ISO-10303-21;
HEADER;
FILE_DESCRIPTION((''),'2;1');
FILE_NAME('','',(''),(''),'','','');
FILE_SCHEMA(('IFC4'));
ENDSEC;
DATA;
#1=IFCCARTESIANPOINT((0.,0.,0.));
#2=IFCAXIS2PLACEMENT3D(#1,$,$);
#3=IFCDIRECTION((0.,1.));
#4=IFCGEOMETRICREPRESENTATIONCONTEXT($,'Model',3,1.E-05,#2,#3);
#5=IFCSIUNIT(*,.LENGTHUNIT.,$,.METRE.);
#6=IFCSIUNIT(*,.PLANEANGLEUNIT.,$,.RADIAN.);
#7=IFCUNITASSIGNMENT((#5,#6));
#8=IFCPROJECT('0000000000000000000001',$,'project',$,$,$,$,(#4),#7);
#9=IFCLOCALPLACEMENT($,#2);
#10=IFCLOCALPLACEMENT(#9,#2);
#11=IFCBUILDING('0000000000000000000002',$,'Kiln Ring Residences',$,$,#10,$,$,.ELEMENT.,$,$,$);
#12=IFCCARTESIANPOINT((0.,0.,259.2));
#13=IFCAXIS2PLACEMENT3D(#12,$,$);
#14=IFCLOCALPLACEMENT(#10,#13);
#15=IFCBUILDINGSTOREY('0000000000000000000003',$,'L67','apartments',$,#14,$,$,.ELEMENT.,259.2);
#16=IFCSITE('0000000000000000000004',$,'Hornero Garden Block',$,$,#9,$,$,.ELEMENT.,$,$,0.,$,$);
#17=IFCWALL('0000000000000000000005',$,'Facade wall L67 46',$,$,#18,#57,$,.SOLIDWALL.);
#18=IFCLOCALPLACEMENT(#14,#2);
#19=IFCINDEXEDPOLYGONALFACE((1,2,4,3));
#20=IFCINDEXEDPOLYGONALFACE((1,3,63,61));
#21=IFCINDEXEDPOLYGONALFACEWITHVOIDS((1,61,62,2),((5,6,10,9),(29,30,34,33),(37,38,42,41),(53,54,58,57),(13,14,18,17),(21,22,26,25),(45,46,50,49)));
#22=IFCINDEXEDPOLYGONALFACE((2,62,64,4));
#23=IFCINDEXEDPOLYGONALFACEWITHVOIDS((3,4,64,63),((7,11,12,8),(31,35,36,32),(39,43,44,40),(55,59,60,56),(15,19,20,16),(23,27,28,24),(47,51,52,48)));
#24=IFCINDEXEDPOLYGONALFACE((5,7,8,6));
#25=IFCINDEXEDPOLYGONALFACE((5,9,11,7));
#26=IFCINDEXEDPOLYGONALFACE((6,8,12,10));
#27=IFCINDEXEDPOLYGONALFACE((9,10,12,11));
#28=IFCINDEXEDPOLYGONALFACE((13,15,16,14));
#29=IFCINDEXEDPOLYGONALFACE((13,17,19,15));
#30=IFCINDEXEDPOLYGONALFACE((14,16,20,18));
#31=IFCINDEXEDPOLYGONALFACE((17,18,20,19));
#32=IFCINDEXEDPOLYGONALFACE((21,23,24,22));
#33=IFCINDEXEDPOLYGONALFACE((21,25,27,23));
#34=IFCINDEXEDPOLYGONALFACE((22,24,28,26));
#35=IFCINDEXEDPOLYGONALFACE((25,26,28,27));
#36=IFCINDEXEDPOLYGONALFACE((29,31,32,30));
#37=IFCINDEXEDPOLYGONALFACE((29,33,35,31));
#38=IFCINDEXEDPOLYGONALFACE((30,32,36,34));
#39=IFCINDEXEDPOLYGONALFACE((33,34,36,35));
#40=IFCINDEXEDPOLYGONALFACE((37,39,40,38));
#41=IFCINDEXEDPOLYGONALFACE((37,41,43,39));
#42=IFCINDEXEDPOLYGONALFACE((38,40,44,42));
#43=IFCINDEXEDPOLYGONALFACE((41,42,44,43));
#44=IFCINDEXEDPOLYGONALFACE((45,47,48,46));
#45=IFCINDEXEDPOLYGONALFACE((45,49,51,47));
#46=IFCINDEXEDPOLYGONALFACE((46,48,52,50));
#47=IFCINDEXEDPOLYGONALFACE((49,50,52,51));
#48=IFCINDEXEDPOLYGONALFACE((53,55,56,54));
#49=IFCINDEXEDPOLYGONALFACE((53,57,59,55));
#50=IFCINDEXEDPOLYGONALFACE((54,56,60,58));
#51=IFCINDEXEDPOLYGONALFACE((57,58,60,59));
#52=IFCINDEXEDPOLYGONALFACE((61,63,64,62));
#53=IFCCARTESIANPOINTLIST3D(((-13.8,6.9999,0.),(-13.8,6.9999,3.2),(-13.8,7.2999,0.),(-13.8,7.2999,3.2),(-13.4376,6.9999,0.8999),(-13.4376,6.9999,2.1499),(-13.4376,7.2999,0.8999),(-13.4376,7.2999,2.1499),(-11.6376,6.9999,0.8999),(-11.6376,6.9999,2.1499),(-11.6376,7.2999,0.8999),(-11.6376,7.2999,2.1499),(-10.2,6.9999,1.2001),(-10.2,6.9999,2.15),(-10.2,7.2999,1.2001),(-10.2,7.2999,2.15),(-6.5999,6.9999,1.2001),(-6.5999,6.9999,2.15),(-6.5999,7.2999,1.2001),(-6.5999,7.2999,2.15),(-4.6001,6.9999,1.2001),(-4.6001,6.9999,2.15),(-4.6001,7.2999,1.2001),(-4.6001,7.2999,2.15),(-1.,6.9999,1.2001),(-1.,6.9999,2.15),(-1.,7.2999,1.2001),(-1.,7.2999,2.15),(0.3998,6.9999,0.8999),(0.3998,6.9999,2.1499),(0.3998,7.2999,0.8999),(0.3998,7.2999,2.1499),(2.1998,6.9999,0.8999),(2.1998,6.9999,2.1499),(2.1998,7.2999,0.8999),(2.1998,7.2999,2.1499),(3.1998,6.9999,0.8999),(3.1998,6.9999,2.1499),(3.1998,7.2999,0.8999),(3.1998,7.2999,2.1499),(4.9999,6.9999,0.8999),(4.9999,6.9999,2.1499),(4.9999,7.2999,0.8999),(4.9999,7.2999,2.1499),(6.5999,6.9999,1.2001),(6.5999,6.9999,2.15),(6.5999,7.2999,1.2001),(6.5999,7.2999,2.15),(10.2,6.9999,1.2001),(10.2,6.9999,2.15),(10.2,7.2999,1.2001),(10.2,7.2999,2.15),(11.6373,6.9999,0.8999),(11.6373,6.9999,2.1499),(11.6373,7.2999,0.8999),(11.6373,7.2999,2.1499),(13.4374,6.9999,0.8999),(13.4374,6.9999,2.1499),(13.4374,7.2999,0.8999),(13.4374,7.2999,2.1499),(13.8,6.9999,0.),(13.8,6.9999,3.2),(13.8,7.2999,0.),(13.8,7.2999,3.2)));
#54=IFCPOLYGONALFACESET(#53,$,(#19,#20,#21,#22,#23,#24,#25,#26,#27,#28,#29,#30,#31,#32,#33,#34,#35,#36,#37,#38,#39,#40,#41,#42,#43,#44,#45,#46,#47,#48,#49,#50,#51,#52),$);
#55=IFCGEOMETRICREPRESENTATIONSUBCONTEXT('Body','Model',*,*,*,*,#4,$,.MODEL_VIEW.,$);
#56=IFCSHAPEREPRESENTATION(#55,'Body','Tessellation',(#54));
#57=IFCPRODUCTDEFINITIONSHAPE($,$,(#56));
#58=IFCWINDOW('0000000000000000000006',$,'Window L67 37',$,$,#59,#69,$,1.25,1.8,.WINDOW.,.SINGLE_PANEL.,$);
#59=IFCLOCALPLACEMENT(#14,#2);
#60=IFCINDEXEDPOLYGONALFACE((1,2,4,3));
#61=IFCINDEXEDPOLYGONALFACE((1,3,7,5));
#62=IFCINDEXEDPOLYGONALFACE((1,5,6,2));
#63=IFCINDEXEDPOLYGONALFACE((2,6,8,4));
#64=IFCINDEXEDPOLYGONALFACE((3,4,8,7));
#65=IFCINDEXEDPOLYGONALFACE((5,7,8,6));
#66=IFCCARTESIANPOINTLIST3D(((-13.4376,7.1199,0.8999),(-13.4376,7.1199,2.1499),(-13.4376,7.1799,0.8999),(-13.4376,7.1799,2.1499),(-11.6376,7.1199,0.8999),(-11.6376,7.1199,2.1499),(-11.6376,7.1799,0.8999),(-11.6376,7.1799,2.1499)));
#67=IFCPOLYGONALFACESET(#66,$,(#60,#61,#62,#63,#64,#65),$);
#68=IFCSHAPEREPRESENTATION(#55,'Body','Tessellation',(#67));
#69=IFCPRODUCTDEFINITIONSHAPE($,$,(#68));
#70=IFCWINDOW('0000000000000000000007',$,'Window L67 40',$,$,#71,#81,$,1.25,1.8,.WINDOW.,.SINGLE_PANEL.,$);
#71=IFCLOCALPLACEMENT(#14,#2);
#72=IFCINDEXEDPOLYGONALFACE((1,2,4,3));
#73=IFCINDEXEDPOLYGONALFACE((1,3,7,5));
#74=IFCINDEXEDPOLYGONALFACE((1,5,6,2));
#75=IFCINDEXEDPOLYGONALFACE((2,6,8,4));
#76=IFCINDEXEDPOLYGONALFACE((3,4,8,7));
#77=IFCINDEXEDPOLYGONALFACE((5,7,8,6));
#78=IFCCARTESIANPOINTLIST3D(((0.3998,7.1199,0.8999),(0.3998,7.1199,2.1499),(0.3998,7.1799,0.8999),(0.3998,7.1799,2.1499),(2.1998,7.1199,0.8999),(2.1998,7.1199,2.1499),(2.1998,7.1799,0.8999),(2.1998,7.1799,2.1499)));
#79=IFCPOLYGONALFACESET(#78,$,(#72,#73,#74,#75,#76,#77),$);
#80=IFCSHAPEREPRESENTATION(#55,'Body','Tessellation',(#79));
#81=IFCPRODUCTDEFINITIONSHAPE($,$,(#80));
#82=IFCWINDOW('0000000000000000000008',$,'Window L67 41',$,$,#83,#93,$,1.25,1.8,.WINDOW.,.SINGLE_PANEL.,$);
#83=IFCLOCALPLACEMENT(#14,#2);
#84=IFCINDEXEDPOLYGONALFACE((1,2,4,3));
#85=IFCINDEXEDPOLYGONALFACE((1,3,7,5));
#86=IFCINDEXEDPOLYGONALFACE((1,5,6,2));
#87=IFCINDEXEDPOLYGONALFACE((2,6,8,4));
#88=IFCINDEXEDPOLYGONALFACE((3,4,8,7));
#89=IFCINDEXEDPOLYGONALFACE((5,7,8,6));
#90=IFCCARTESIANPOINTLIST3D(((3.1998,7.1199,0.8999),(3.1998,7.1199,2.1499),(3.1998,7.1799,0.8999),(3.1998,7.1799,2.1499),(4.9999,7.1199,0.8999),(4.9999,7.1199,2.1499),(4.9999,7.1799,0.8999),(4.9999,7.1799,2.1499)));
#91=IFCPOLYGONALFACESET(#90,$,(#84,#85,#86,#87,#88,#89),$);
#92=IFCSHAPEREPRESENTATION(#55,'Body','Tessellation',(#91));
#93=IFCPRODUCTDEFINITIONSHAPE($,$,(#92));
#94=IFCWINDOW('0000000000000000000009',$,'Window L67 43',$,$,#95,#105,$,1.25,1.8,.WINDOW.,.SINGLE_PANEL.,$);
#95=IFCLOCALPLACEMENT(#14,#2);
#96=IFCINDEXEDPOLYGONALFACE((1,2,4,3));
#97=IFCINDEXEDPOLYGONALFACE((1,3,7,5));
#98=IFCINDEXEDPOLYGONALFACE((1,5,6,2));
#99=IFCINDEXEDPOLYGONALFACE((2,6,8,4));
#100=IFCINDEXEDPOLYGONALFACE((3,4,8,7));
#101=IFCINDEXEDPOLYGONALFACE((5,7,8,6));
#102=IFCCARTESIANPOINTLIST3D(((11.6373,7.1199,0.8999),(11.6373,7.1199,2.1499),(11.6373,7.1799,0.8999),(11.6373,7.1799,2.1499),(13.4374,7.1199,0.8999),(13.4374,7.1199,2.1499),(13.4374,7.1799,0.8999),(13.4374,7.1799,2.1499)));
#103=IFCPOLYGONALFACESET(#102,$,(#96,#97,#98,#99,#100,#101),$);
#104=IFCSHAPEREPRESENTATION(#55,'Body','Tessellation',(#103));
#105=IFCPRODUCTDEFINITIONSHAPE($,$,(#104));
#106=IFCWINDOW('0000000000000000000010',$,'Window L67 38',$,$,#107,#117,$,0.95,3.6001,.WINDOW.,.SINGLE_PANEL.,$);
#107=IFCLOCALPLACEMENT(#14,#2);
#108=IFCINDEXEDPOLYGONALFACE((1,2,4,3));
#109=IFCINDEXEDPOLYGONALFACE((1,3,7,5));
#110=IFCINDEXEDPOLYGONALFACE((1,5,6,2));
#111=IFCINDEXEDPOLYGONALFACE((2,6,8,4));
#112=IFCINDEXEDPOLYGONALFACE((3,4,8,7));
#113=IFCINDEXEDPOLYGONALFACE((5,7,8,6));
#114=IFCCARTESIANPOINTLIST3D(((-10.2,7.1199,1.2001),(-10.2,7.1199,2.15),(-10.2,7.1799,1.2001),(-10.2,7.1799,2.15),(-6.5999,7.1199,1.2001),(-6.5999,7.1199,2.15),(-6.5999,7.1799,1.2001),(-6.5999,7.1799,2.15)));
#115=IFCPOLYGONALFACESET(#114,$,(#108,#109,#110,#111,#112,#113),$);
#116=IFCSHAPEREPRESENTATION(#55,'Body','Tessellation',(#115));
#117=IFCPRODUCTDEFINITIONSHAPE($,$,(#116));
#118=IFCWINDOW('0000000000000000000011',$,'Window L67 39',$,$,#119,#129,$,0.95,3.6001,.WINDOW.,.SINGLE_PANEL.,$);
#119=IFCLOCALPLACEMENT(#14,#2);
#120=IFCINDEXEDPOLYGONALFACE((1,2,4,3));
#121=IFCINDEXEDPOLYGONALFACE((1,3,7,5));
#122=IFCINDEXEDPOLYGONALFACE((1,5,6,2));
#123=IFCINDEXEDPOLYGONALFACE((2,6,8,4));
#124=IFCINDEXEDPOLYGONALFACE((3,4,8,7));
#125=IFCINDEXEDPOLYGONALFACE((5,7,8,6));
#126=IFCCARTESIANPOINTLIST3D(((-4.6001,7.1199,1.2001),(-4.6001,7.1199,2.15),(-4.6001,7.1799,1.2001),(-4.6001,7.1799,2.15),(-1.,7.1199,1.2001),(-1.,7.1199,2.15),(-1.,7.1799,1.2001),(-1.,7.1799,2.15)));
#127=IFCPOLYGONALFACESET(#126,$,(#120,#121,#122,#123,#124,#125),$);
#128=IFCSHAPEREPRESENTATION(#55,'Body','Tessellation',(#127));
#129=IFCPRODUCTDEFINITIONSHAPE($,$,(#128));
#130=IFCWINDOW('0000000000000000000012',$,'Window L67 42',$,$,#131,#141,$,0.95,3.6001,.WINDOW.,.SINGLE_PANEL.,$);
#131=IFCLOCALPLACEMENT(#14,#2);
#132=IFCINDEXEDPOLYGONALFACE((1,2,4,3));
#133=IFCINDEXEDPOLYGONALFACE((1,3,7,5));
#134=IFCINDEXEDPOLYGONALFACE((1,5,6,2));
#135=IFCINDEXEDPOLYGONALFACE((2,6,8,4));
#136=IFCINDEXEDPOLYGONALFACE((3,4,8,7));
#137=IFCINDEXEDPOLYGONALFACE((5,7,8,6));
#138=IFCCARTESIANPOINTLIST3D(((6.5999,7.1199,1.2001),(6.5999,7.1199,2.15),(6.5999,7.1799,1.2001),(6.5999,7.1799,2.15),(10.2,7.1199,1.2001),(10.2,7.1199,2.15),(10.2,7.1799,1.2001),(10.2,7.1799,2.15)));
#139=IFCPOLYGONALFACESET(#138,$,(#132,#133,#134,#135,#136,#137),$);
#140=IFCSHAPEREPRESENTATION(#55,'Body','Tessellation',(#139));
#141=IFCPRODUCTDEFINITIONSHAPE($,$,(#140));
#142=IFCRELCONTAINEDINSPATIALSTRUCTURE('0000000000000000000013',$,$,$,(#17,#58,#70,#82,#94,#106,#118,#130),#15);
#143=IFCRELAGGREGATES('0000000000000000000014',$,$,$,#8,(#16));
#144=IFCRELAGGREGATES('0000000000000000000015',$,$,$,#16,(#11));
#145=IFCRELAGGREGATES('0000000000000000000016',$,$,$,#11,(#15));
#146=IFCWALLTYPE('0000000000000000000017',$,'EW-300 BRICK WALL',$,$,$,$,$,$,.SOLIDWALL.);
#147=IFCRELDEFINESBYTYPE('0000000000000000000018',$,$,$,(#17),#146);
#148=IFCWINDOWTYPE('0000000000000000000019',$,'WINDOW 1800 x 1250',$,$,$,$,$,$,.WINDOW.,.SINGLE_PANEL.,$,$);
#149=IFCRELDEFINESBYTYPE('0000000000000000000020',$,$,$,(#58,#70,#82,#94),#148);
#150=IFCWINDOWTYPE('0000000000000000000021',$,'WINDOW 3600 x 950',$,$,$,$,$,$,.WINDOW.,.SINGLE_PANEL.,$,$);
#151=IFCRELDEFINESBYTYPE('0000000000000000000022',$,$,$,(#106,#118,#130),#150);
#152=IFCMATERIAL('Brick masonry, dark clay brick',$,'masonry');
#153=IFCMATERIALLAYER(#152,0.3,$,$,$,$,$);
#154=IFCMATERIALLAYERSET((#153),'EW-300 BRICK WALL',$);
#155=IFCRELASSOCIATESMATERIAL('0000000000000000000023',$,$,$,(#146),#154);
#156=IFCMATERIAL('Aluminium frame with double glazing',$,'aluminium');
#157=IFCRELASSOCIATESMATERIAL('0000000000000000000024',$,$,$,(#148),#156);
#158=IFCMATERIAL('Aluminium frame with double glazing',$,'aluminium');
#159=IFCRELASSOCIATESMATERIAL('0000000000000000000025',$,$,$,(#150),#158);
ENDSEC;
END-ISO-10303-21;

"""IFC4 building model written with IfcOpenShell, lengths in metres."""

from ifc_helpers import new_model, si_unit, direction, frame, frame_2d, origin, place, context, subcontext, project, spatial, rectangle, extrude, material, layer, layer_set, type_object, element, fill, save


model = new_model("IFC4")

# Units and contexts
model_context = context("Model", 3, precision=1e-05, world=origin(), true_north=direction((0.0, 1.0)))
body_context = subcontext(model_context, "Body", "Model", "MODEL_VIEW")
ifc_project = project(units=[si_unit("LENGTHUNIT", "METRE"), si_unit("PLANEANGLEUNIT", "RADIAN")], contexts=[model_context])

# Site, building, storey
site_placement = place(None, origin())
site = spatial("IfcSite", under=ifc_project, at=site_placement, Name="Hornero Garden Block", CompositionType="ELEMENT", RefElevation=0.0)
building_placement = place(site_placement, origin())
building = spatial("IfcBuilding", under=site, at=building_placement, Name="Kiln Ring Residences", CompositionType="ELEMENT")
storey_placement = place(building_placement, frame((0.0, 0.0, 259.2)))
storey = spatial("IfcBuildingStorey", under=building, at=storey_placement, Name="L67", Description="apartments", CompositionType="ELEMENT", Elevation=259.2)

# Wall, openings, windows
ifc_material_1 = material(Name="Brick masonry, dark clay brick", Category="masonry")
ifc_layer_1 = layer(ifc_material_1, 0.3)
ifc_layer_set_1 = layer_set([ifc_layer_1], Name="EW-300 BRICK WALL")
wall_type_1 = type_object("IfcWallType", Name="EW-300 BRICK WALL", PredefinedType="SOLIDWALL", material=ifc_layer_set_1)
wall_1_placement = place(storey_placement, frame((-13.8, 7.1499, 0.0), z_axis=(0.0, 0.0, 1.0), x_axis=(1.0, 0.0, 0.0)))
wall_1 = element("IfcWall", 1, at=wall_1_placement, inside=storey, type_object=wall_type_1, Name="Facade wall L67 46", PredefinedType="SOLIDWALL", context=body_context, shape_type="SweptSolid", body=[
    extrude(rectangle(XDim=27.6001, YDim=0.3, at=frame_2d((13.8, 0.0))), origin(), (0.0, 0.0, 1.0), 3.2),
])
opening_1_placement = place(wall_1_placement, frame((0.3625, 0.0, 0.8999)))
opening_1 = element("IfcOpeningElement", 2, at=opening_1_placement, cuts=wall_1, PredefinedType="OPENING", context=body_context, shape_type="SweptSolid", body=[
    extrude(rectangle(XDim=1.8, YDim=1.25, at=frame_2d((0.8999, 0.625))), frame((0.0, 0.1599, 0.0), z_axis=(0.0, -1.0, 0.0), x_axis=(1.0, 0.0, 0.0)), (0.0, 0.0, 1.0), 0.3201),
])
opening_2_placement = place(wall_1_placement, frame((3.6001, 0.0, 1.2)))
opening_2 = element("IfcOpeningElement", 3, at=opening_2_placement, cuts=wall_1, PredefinedType="OPENING", context=body_context, shape_type="SweptSolid", body=[
    extrude(rectangle(XDim=3.6001, YDim=0.95, at=frame_2d((1.8, 0.4751))), frame((0.0, 0.1599, 0.0), z_axis=(0.0, -1.0, 0.0), x_axis=(1.0, 0.0, 0.0)), (0.0, 0.0, 1.0), 0.3201),
])
opening_3_placement = place(wall_1_placement, frame((9.2, 0.0, 1.2)))
opening_3 = element("IfcOpeningElement", 4, at=opening_3_placement, cuts=wall_1, PredefinedType="OPENING", context=body_context, shape_type="SweptSolid", body=[
    extrude(rectangle(XDim=3.6001, YDim=0.95, at=frame_2d((1.8, 0.4751))), frame((0.0, 0.1599, 0.0), z_axis=(0.0, -1.0, 0.0), x_axis=(1.0, 0.0, 0.0)), (0.0, 0.0, 1.0), 0.3201),
])
opening_4_placement = place(wall_1_placement, frame((14.2, 0.0, 0.8999)))
opening_4 = element("IfcOpeningElement", 5, at=opening_4_placement, cuts=wall_1, PredefinedType="OPENING", context=body_context, shape_type="SweptSolid", body=[
    extrude(rectangle(XDim=1.8, YDim=1.25, at=frame_2d((0.8999, 0.625))), frame((0.0, 0.1599, 0.0), z_axis=(0.0, -1.0, 0.0), x_axis=(1.0, 0.0, 0.0)), (0.0, 0.0, 1.0), 0.3201),
])
opening_5_placement = place(wall_1_placement, frame((17.0, 0.0, 0.8999)))
opening_5 = element("IfcOpeningElement", 6, at=opening_5_placement, cuts=wall_1, PredefinedType="OPENING", context=body_context, shape_type="SweptSolid", body=[
    extrude(rectangle(XDim=1.8, YDim=1.25, at=frame_2d((0.8999, 0.625))), frame((0.0, 0.1599, 0.0), z_axis=(0.0, -1.0, 0.0), x_axis=(1.0, 0.0, 0.0)), (0.0, 0.0, 1.0), 0.3201),
])
opening_6_placement = place(wall_1_placement, frame((20.3999, 0.0, 1.2)))
opening_6 = element("IfcOpeningElement", 7, at=opening_6_placement, cuts=wall_1, PredefinedType="OPENING", context=body_context, shape_type="SweptSolid", body=[
    extrude(rectangle(XDim=3.6001, YDim=0.95, at=frame_2d((1.8, 0.4751))), frame((0.0, 0.1599, 0.0), z_axis=(0.0, -1.0, 0.0), x_axis=(1.0, 0.0, 0.0)), (0.0, 0.0, 1.0), 0.3201),
])
opening_7_placement = place(wall_1_placement, frame((25.4375, 0.0, 0.8999)))
opening_7 = element("IfcOpeningElement", 8, at=opening_7_placement, cuts=wall_1, PredefinedType="OPENING", context=body_context, shape_type="SweptSolid", body=[
    extrude(rectangle(XDim=1.8, YDim=1.25, at=frame_2d((0.8999, 0.625))), frame((0.0, 0.1599, 0.0), z_axis=(0.0, -1.0, 0.0), x_axis=(1.0, 0.0, 0.0)), (0.0, 0.0, 1.0), 0.3201),
])
ifc_material_2 = material(Name="Aluminium frame with double glazing", Category="aluminium")
window_type_1 = type_object("IfcWindowType", Name="WINDOW 1800 x 1250", PartitioningType="SINGLE_PANEL", PredefinedType="WINDOW", material=ifc_material_2)
window_1_placement = place(opening_1_placement, origin())
window_1 = element("IfcWindow", 9, at=window_1_placement, inside=storey, type_object=window_type_1, Name="Window L67 37", OverallHeight=1.25, OverallWidth=1.8, PartitioningType="SINGLE_PANEL", PredefinedType="WINDOW", context=body_context, shape_type="SweptSolid", body=[
    extrude(rectangle(XDim=1.8, YDim=1.25, at=frame_2d((0.8999, 0.625))), frame((0.0, 0.03, 0.0), z_axis=(0.0, -1.0, 0.0), x_axis=(1.0, 0.0, 0.0)), (0.0, 0.0, 1.0), 0.0601),
])
fill(opening_1, window_1)
window_2_placement = place(opening_4_placement, origin())
window_2 = element("IfcWindow", 10, at=window_2_placement, inside=storey, type_object=window_type_1, Name="Window L67 40", OverallHeight=1.25, OverallWidth=1.8, PartitioningType="SINGLE_PANEL", PredefinedType="WINDOW", context=body_context, shape_type="SweptSolid", body=[
    extrude(rectangle(XDim=1.8, YDim=1.25, at=frame_2d((0.8999, 0.625))), frame((0.0, 0.03, 0.0), z_axis=(0.0, -1.0, 0.0), x_axis=(1.0, 0.0, 0.0)), (0.0, 0.0, 1.0), 0.0601),
])
fill(opening_4, window_2)
window_3_placement = place(opening_5_placement, origin())
window_3 = element("IfcWindow", 11, at=window_3_placement, inside=storey, type_object=window_type_1, Name="Window L67 41", OverallHeight=1.25, OverallWidth=1.8, PartitioningType="SINGLE_PANEL", PredefinedType="WINDOW", context=body_context, shape_type="SweptSolid", body=[
    extrude(rectangle(XDim=1.8, YDim=1.25, at=frame_2d((0.8999, 0.625))), frame((0.0, 0.03, 0.0), z_axis=(0.0, -1.0, 0.0), x_axis=(1.0, 0.0, 0.0)), (0.0, 0.0, 1.0), 0.0601),
])
fill(opening_5, window_3)
window_4_placement = place(opening_7_placement, origin())
window_4 = element("IfcWindow", 12, at=window_4_placement, inside=storey, type_object=window_type_1, Name="Window L67 43", OverallHeight=1.25, OverallWidth=1.8, PartitioningType="SINGLE_PANEL", PredefinedType="WINDOW", context=body_context, shape_type="SweptSolid", body=[
    extrude(rectangle(XDim=1.8, YDim=1.25, at=frame_2d((0.8999, 0.625))), frame((0.0, 0.03, 0.0), z_axis=(0.0, -1.0, 0.0), x_axis=(1.0, 0.0, 0.0)), (0.0, 0.0, 1.0), 0.0601),
])
fill(opening_7, window_4)
ifc_material_3 = material(Name="Aluminium frame with double glazing", Category="aluminium")
window_type_2 = type_object("IfcWindowType", Name="WINDOW 3600 x 950", PartitioningType="SINGLE_PANEL", PredefinedType="WINDOW", material=ifc_material_3)
window_5_placement = place(opening_2_placement, origin())
window_5 = element("IfcWindow", 13, at=window_5_placement, inside=storey, type_object=window_type_2, Name="Window L67 38", OverallHeight=0.95, OverallWidth=3.6001, PartitioningType="SINGLE_PANEL", PredefinedType="WINDOW", context=body_context, shape_type="SweptSolid", body=[
    extrude(rectangle(XDim=3.6001, YDim=0.95, at=frame_2d((1.8, 0.4751))), frame((0.0, 0.03, 0.0), z_axis=(0.0, -1.0, 0.0), x_axis=(1.0, 0.0, 0.0)), (0.0, 0.0, 1.0), 0.0601),
])
fill(opening_2, window_5)
window_6_placement = place(opening_3_placement, origin())
window_6 = element("IfcWindow", 14, at=window_6_placement, inside=storey, type_object=window_type_2, Name="Window L67 39", OverallHeight=0.95, OverallWidth=3.6001, PartitioningType="SINGLE_PANEL", PredefinedType="WINDOW", context=body_context, shape_type="SweptSolid", body=[
    extrude(rectangle(XDim=3.6001, YDim=0.95, at=frame_2d((1.8, 0.4751))), frame((0.0, 0.03, 0.0), z_axis=(0.0, -1.0, 0.0), x_axis=(1.0, 0.0, 0.0)), (0.0, 0.0, 1.0), 0.0601),
])
fill(opening_3, window_6)
window_7_placement = place(opening_6_placement, origin())
window_7 = element("IfcWindow", 15, at=window_7_placement, inside=storey, type_object=window_type_2, Name="Window L67 42", OverallHeight=0.95, OverallWidth=3.6001, PartitioningType="SINGLE_PANEL", PredefinedType="WINDOW", context=body_context, shape_type="SweptSolid", body=[
    extrude(rectangle(XDim=3.6001, YDim=0.95, at=frame_2d((1.8, 0.4751))), frame((0.0, 0.03, 0.0), z_axis=(0.0, -1.0, 0.0), x_axis=(1.0, 0.0, 0.0)), (0.0, 0.0, 1.0), 0.0601),
])
fill(opening_6, window_7)

save(model, "model.ifc")
